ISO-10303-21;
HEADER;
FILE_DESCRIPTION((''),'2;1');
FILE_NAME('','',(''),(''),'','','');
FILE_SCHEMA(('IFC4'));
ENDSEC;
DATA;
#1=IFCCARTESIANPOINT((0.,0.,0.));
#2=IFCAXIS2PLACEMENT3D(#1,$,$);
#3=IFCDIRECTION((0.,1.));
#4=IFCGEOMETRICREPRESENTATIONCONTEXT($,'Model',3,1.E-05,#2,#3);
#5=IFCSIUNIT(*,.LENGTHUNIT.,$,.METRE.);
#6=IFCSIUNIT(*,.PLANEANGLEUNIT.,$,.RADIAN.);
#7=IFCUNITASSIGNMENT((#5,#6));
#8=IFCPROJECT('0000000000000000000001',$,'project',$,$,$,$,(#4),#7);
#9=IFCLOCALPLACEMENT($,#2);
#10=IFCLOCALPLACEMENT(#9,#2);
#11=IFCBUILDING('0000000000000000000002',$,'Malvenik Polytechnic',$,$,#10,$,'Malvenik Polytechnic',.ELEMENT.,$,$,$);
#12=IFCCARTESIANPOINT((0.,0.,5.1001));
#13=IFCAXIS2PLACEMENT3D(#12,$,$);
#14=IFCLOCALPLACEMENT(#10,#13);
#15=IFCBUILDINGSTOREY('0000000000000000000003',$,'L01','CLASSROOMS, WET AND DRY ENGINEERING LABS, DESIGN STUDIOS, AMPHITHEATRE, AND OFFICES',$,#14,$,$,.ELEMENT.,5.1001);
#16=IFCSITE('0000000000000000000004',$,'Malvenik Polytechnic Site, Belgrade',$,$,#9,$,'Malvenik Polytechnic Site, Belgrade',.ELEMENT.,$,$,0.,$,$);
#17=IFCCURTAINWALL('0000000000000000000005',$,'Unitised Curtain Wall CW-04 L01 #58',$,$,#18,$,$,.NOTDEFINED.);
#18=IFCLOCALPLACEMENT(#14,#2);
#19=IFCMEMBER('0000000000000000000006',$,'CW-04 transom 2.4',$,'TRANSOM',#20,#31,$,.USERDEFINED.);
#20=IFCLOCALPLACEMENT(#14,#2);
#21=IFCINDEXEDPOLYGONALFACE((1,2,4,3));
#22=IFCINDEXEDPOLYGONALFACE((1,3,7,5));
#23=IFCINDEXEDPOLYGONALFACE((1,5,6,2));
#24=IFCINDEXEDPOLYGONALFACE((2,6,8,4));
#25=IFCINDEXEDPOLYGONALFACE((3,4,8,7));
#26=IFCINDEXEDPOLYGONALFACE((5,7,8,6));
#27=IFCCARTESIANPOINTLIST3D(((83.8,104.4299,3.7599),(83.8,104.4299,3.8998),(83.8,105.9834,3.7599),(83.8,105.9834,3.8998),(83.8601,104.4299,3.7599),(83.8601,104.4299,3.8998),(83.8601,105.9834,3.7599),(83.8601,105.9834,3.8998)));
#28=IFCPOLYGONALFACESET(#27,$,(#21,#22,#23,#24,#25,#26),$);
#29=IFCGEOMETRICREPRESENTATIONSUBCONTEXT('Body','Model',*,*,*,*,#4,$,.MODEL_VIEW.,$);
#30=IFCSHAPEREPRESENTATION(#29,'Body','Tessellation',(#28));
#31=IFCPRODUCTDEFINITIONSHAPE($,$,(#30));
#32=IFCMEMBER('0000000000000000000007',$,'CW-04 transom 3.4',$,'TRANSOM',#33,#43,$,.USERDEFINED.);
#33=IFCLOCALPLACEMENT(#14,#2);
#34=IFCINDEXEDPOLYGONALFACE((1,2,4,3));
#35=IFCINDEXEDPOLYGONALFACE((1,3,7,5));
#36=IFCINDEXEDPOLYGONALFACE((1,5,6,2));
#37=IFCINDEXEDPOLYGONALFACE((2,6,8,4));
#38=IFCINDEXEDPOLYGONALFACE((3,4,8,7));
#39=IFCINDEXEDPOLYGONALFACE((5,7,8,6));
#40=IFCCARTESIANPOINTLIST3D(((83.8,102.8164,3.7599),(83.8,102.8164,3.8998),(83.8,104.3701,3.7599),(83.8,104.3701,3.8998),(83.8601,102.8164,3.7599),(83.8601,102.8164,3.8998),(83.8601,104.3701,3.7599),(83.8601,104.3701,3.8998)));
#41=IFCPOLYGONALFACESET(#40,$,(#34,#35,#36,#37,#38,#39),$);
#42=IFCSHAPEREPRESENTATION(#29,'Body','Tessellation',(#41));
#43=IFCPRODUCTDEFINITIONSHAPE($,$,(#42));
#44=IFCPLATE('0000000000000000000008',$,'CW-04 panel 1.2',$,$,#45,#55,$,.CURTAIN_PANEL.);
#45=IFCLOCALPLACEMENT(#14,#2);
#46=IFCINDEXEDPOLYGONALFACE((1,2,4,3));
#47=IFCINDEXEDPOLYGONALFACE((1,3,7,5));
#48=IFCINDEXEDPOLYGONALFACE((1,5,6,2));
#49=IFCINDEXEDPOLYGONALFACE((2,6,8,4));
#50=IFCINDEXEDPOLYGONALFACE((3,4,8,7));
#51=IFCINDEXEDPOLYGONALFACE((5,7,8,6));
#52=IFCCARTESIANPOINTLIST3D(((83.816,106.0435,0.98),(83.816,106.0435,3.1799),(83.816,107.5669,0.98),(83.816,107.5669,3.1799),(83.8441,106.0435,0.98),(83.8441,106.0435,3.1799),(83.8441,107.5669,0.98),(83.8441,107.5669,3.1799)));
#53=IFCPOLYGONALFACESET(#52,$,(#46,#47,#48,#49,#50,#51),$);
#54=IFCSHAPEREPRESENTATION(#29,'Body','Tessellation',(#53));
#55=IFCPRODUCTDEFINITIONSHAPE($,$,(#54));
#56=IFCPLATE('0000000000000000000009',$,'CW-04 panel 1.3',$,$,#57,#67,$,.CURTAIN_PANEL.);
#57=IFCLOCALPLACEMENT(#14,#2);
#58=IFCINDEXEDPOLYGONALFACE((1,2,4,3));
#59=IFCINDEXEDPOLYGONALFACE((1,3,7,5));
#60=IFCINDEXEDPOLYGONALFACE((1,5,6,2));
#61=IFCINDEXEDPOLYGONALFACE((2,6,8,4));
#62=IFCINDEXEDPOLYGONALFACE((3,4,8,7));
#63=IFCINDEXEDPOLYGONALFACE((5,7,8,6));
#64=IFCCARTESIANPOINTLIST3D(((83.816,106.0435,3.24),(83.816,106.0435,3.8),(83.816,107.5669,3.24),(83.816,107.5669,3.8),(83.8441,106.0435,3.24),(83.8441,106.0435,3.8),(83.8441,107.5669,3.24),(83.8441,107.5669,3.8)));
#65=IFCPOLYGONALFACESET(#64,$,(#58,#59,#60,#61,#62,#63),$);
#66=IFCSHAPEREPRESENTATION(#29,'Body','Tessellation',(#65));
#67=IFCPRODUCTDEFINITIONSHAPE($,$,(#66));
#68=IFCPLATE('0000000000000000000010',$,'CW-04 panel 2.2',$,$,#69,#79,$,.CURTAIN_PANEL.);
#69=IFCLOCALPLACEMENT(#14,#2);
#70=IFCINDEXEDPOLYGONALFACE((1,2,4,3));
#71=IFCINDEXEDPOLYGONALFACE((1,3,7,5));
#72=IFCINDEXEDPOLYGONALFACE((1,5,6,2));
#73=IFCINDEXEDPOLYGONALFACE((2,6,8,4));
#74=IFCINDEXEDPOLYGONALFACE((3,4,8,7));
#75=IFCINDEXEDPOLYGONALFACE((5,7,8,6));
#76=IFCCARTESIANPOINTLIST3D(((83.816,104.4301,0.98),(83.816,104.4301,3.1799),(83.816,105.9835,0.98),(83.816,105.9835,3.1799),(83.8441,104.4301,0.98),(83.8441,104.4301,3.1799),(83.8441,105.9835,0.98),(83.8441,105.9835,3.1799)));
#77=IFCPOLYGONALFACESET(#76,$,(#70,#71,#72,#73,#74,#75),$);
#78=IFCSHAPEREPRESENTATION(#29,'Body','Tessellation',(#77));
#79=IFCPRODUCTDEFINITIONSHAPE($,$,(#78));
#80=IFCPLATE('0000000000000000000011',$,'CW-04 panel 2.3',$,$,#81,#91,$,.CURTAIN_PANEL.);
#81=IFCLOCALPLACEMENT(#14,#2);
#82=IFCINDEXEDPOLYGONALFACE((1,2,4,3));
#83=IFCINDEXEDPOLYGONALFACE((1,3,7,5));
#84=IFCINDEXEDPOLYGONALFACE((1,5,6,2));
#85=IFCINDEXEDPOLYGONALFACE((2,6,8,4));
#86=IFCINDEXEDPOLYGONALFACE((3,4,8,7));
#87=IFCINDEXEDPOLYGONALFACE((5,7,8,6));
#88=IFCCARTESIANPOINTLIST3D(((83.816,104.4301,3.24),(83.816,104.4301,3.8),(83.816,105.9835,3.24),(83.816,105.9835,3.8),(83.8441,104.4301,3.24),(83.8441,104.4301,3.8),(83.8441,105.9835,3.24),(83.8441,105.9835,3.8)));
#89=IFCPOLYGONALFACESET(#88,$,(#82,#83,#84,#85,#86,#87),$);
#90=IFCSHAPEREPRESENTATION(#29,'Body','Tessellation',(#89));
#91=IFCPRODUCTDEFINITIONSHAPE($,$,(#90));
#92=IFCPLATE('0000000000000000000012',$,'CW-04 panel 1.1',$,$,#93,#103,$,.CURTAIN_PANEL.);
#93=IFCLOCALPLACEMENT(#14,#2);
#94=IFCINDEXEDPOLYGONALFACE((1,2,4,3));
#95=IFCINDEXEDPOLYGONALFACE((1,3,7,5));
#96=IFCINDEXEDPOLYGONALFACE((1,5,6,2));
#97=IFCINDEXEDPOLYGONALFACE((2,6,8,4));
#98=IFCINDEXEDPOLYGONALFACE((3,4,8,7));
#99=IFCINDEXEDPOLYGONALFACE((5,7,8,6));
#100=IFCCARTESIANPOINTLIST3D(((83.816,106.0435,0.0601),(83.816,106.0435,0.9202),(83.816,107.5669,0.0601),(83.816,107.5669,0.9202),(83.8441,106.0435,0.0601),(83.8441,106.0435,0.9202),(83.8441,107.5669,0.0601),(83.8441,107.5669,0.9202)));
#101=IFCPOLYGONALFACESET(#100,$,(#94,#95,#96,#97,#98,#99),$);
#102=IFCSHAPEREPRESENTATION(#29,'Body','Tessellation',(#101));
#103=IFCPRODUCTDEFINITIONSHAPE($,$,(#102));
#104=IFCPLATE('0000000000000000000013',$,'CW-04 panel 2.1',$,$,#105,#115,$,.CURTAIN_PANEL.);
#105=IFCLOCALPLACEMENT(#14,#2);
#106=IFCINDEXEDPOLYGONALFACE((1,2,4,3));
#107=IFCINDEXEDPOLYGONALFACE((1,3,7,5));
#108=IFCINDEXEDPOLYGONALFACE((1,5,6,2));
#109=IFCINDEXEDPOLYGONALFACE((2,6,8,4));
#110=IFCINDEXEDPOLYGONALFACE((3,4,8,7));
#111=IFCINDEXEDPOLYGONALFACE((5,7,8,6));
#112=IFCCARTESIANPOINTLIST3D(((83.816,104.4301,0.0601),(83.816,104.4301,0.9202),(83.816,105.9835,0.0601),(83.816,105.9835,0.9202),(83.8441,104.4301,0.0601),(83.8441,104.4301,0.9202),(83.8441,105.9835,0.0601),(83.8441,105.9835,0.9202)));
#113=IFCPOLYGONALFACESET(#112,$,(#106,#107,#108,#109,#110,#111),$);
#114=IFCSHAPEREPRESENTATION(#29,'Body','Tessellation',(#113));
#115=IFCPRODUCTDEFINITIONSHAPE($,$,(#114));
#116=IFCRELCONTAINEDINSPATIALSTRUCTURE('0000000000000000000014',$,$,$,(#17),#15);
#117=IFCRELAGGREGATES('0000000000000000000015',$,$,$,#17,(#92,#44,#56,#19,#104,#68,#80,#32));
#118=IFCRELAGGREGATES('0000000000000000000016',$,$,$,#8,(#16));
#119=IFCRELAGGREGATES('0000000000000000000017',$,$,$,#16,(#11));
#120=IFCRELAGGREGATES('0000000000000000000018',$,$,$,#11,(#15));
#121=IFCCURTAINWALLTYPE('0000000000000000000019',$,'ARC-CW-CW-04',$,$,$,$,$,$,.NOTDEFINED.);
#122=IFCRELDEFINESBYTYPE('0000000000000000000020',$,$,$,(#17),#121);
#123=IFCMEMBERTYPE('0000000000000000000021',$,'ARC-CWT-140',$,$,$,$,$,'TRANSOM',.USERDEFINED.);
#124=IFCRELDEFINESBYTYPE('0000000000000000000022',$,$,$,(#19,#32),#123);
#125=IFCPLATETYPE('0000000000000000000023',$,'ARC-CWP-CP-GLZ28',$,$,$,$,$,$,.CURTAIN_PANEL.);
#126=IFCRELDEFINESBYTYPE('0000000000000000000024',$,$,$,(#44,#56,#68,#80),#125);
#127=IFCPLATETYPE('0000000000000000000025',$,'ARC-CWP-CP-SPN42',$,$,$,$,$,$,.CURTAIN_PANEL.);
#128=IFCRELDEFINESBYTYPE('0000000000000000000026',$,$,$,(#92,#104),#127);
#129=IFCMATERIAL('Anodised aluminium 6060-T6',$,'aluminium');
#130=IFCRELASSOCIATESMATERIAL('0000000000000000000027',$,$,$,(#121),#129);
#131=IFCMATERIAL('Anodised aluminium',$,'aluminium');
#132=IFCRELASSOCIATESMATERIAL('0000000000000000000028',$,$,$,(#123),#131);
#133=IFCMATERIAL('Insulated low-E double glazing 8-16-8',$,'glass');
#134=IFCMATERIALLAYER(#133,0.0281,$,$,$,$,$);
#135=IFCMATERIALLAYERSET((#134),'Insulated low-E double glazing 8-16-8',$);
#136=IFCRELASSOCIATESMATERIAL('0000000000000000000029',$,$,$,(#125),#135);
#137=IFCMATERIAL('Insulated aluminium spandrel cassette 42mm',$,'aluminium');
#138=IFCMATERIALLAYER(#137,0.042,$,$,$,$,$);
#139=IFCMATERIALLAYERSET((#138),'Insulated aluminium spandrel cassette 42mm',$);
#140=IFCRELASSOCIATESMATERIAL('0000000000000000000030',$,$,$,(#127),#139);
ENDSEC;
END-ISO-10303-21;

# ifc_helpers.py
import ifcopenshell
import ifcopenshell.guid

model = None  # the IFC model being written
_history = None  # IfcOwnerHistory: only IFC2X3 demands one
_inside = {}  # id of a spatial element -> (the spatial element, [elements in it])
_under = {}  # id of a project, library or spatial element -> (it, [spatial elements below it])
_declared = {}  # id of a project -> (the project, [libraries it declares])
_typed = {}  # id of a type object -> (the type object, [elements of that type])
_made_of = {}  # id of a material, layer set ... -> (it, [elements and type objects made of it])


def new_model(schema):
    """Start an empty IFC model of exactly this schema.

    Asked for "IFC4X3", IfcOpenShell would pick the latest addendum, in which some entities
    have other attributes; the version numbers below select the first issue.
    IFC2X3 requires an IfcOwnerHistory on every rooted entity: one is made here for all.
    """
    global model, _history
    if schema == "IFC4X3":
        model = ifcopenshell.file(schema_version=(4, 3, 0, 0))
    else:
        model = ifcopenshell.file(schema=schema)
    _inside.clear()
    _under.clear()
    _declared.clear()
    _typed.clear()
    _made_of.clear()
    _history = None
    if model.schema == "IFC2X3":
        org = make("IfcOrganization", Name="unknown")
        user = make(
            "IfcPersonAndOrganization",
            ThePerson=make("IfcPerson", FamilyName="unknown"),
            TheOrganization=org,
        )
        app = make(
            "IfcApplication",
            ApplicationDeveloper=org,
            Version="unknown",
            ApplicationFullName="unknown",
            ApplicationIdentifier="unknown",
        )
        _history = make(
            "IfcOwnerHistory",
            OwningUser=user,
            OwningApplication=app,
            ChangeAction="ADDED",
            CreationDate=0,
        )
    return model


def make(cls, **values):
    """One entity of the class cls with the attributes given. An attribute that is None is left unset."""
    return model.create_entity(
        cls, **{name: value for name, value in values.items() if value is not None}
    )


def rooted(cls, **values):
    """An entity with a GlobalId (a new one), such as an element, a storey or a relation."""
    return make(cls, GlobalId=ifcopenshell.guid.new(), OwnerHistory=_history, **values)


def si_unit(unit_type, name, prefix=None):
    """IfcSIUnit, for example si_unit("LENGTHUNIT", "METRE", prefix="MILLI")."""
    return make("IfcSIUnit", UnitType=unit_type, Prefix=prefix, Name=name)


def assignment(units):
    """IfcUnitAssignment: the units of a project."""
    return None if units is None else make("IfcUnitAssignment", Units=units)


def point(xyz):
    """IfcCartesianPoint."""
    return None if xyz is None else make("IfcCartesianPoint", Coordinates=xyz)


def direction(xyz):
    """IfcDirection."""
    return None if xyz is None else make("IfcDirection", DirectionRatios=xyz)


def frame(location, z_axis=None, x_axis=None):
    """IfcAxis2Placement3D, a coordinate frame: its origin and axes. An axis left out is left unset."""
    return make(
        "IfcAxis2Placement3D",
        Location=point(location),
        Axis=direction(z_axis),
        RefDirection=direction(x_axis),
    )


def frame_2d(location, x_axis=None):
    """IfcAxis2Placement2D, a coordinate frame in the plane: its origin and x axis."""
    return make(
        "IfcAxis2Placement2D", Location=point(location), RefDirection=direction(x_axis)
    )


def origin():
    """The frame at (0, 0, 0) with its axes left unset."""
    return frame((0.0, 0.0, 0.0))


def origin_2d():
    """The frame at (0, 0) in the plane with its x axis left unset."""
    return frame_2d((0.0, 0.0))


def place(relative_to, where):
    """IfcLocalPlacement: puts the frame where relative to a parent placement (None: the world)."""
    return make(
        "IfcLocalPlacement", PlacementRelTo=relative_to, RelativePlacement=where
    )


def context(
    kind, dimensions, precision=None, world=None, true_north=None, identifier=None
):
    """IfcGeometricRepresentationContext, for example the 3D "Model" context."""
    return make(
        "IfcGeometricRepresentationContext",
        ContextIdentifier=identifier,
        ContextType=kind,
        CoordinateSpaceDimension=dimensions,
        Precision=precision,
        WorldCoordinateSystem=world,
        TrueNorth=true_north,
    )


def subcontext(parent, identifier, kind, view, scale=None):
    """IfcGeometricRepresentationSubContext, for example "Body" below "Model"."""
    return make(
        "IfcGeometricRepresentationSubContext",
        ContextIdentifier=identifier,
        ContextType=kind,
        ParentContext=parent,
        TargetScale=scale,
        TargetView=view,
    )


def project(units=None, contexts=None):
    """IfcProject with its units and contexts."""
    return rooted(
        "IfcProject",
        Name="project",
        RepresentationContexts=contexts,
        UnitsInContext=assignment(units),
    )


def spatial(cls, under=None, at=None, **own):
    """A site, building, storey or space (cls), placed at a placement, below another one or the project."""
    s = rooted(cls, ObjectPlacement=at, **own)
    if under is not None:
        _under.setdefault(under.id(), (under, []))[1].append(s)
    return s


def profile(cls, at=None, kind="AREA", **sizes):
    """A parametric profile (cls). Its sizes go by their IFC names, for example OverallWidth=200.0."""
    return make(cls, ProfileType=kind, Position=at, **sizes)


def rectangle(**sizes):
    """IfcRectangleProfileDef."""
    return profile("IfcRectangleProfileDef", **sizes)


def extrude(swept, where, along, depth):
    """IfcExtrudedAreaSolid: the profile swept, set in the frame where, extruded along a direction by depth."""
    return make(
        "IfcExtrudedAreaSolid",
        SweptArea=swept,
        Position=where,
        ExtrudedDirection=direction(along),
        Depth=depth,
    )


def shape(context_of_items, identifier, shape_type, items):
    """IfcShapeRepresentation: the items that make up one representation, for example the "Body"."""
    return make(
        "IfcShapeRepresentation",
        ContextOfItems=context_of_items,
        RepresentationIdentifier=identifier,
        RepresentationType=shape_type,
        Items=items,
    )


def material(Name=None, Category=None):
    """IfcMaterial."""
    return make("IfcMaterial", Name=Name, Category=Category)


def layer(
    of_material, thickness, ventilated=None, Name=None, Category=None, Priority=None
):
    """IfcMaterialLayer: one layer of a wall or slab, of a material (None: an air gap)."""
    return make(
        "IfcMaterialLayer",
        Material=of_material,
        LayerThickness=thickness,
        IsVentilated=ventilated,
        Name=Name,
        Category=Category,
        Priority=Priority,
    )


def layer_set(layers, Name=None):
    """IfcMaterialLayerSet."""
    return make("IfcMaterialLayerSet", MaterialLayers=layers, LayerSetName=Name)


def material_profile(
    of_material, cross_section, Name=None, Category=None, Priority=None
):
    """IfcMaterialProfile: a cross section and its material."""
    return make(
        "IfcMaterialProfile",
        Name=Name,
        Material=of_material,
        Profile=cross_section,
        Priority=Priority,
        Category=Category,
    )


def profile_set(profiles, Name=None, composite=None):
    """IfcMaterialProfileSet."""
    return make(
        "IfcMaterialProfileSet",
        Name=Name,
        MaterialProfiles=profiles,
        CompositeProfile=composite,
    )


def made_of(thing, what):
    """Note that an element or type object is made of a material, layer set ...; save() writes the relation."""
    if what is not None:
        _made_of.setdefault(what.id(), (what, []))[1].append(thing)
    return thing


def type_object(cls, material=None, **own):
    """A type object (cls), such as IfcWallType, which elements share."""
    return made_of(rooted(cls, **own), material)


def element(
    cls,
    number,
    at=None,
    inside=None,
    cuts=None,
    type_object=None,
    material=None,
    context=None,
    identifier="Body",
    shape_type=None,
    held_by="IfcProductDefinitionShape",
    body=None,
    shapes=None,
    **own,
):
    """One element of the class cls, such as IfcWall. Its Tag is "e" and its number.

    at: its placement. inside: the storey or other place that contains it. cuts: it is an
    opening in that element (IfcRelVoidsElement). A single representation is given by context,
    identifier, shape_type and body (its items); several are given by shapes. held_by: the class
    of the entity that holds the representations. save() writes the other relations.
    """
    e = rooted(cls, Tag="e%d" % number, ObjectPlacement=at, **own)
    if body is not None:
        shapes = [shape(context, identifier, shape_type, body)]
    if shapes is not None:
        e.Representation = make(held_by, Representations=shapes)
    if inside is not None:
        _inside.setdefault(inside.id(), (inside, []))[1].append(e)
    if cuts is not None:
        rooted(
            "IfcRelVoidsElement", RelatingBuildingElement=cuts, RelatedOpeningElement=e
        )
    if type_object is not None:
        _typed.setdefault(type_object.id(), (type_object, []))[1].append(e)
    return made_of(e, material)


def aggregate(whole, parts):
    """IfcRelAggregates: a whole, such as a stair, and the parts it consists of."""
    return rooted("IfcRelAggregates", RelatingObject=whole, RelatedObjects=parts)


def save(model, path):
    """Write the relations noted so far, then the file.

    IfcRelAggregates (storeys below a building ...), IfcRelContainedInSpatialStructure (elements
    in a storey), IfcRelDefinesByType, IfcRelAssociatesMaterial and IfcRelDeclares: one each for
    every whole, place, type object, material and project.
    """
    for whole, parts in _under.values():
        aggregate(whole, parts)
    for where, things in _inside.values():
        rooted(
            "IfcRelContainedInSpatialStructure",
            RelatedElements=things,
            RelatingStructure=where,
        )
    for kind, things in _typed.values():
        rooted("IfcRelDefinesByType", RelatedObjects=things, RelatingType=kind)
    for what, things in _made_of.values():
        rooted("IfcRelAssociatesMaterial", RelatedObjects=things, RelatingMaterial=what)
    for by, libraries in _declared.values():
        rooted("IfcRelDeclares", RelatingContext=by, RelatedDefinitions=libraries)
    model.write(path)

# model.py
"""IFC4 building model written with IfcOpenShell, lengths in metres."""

from ifc_helpers import new_model, si_unit, direction, frame, origin, origin_2d, place, context, subcontext, project, spatial, rectangle, extrude, material, layer, layer_set, material_profile, profile_set, type_object, element, aggregate, save


model = new_model("IFC4")

# Units and contexts
model_context = context("Model", 3, precision=1e-05, world=origin(), true_north=direction((0.0, 1.0)))
body_context = subcontext(model_context, "Body", "Model", "MODEL_VIEW")
ifc_project = project(units=[si_unit("LENGTHUNIT", "METRE"), si_unit("PLANEANGLEUNIT", "RADIAN")], contexts=[model_context])

# Site, building, storey
site_placement = place(None, origin())
site = spatial("IfcSite", under=ifc_project, at=site_placement, Name="Malvenik Polytechnic Site, Belgrade", LongName="Malvenik Polytechnic Site, Belgrade", CompositionType="ELEMENT", RefElevation=0.0)
building_placement = place(site_placement, origin())
building = spatial("IfcBuilding", under=site, at=building_placement, Name="Malvenik Polytechnic", LongName="Malvenik Polytechnic", CompositionType="ELEMENT")
storey_placement = place(building_placement, frame((0.0, 0.0, 5.1001)))
storey = spatial("IfcBuildingStorey", under=building, at=storey_placement, Name="L01", Description="CLASSROOMS, WET AND DRY ENGINEERING LABS, DESIGN STUDIOS, AMPHITHEATRE, AND OFFICES", CompositionType="ELEMENT", Elevation=5.1001)

# Curtain wall, members, plates
ifc_material_1 = material(Name="Anodised aluminium 6060-T6", Category="aluminium")
curtain_wall_type = type_object("IfcCurtainWallType", Name="ARC-CW-CW-04", PredefinedType="NOTDEFINED", material=ifc_material_1)
curtain_wall_placement = place(storey_placement, origin())
curtain_wall = element("IfcCurtainWall", 1, at=curtain_wall_placement, inside=storey, type_object=curtain_wall_type, Name="Unitised Curtain Wall CW-04 L01 #58", PredefinedType="NOTDEFINED")
ifc_material_2 = material(Name="Anodised aluminium", Category="aluminium")
ifc_material_profile_1 = material_profile(ifc_material_2, rectangle(XDim=0.0601, YDim=0.1399, at=origin_2d()), Name="ALU TRANSOM 60x140")
ifc_profile_set_1 = profile_set([ifc_material_profile_1], Name="Anodised aluminium")
member_type_1 = type_object("IfcMemberType", Name="ARC-CWT-140", ElementType="TRANSOM", PredefinedType="USERDEFINED", material=ifc_profile_set_1)
member_1_placement = place(storey_placement, frame((83.8301, 105.9834, 3.8298), z_axis=(0.0, -1.0, 0.0), x_axis=(1.0, 0.0, 0.0)))
member_1 = element("IfcMember", 2, at=member_1_placement, type_object=member_type_1, Name="CW-04 transom 2.4", ObjectType="TRANSOM", PredefinedType="USERDEFINED", context=body_context, shape_type="SweptSolid", body=[
    extrude(rectangle(XDim=0.0601, YDim=0.1399, at=origin_2d()), origin(), (0.0, 0.0, 1.0), 1.5535),
])
member_2_placement = place(storey_placement, frame((83.8301, 104.3701, 3.8298), z_axis=(0.0, -1.0, 0.0), x_axis=(1.0, 0.0, 0.0)))
member_2 = element("IfcMember", 3, at=member_2_placement, type_object=member_type_1, Name="CW-04 transom 3.4", ObjectType="TRANSOM", PredefinedType="USERDEFINED", context=body_context, shape_type="SweptSolid", body=[
    extrude(rectangle(XDim=0.0601, YDim=0.1399, at=origin_2d()), origin(), (0.0, 0.0, 1.0), 1.5537),
])
ifc_material_3 = material(Name="Insulated low-E double glazing 8-16-8", Category="glass")
ifc_layer_1 = layer(ifc_material_3, 0.0281)
ifc_layer_set_1 = layer_set([ifc_layer_1], Name="Insulated low-E double glazing 8-16-8")
plate_type_1 = type_object("IfcPlateType", Name="ARC-CWP-CP-GLZ28", PredefinedType="CURTAIN_PANEL", material=ifc_layer_set_1)
plate_1_placement = place(storey_placement, frame((83.8301, 106.8052, 0.98), z_axis=(0.0, 0.0, 1.0), x_axis=(0.0, -1.0, 0.0)))
plate_1 = element("IfcPlate", 4, at=plate_1_placement, type_object=plate_type_1, Name="CW-04 panel 1.2", PredefinedType="CURTAIN_PANEL", context=body_context, shape_type="SweptSolid", body=[
    extrude(rectangle(XDim=1.5234, YDim=0.0281, at=origin_2d()), origin(), (0.0, 0.0, 1.0), 2.2),
])
plate_2_placement = place(storey_placement, frame((83.8301, 106.8052, 3.24), z_axis=(0.0, 0.0, 1.0), x_axis=(0.0, -1.0, 0.0)))
plate_2 = element("IfcPlate", 5, at=plate_2_placement, type_object=plate_type_1, Name="CW-04 panel 1.3", PredefinedType="CURTAIN_PANEL", context=body_context, shape_type="SweptSolid", body=[
    extrude(rectangle(XDim=1.5234, YDim=0.0281, at=origin_2d()), origin(), (0.0, 0.0, 1.0), 0.5601),
])
plate_3_placement = place(storey_placement, frame((83.8301, 105.2068, 0.98), z_axis=(0.0, 0.0, 1.0), x_axis=(0.0, -1.0, 0.0)))
plate_3 = element("IfcPlate", 6, at=plate_3_placement, type_object=plate_type_1, Name="CW-04 panel 2.2", PredefinedType="CURTAIN_PANEL", context=body_context, shape_type="SweptSolid", body=[
    extrude(rectangle(XDim=1.5535, YDim=0.0281, at=origin_2d()), origin(), (0.0, 0.0, 1.0), 2.2),
])
plate_4_placement = place(storey_placement, frame((83.8301, 105.2068, 3.24), z_axis=(0.0, 0.0, 1.0), x_axis=(0.0, -1.0, 0.0)))
plate_4 = element("IfcPlate", 7, at=plate_4_placement, type_object=plate_type_1, Name="CW-04 panel 2.3", PredefinedType="CURTAIN_PANEL", context=body_context, shape_type="SweptSolid", body=[
    extrude(rectangle(XDim=1.5535, YDim=0.0281, at=origin_2d()), origin(), (0.0, 0.0, 1.0), 0.5601),
])
ifc_material_4 = material(Name="Insulated aluminium spandrel cassette 42mm", Category="aluminium")
ifc_layer_2 = layer(ifc_material_4, 0.042)
ifc_layer_set_2 = layer_set([ifc_layer_2], Name="Insulated aluminium spandrel cassette 42mm")
plate_type_2 = type_object("IfcPlateType", Name="ARC-CWP-CP-SPN42", PredefinedType="CURTAIN_PANEL", material=ifc_layer_set_2)
plate_5_placement = place(storey_placement, frame((83.8301, 106.8052, 0.0601), z_axis=(0.0, 0.0, 1.0), x_axis=(0.0, -1.0, 0.0)))
plate_5 = element("IfcPlate", 8, at=plate_5_placement, type_object=plate_type_2, Name="CW-04 panel 1.1", PredefinedType="CURTAIN_PANEL", context=body_context, shape_type="SweptSolid", body=[
    extrude(rectangle(XDim=1.5234, YDim=0.0281, at=origin_2d()), origin(), (0.0, 0.0, 1.0), 0.8601),
])
plate_6_placement = place(storey_placement, frame((83.8301, 105.2068, 0.0601), z_axis=(0.0, 0.0, 1.0), x_axis=(0.0, -1.0, 0.0)))
plate_6 = element("IfcPlate", 9, at=plate_6_placement, type_object=plate_type_2, Name="CW-04 panel 2.1", PredefinedType="CURTAIN_PANEL", context=body_context, shape_type="SweptSolid", body=[
    extrude(rectangle(XDim=1.5535, YDim=0.0281, at=origin_2d()), origin(), (0.0, 0.0, 1.0), 0.8601),
])
aggregate(curtain_wall, [plate_5, plate_1, plate_2, member_1, plate_6, plate_3, plate_4, member_2])

save(model, "model.ifc")
